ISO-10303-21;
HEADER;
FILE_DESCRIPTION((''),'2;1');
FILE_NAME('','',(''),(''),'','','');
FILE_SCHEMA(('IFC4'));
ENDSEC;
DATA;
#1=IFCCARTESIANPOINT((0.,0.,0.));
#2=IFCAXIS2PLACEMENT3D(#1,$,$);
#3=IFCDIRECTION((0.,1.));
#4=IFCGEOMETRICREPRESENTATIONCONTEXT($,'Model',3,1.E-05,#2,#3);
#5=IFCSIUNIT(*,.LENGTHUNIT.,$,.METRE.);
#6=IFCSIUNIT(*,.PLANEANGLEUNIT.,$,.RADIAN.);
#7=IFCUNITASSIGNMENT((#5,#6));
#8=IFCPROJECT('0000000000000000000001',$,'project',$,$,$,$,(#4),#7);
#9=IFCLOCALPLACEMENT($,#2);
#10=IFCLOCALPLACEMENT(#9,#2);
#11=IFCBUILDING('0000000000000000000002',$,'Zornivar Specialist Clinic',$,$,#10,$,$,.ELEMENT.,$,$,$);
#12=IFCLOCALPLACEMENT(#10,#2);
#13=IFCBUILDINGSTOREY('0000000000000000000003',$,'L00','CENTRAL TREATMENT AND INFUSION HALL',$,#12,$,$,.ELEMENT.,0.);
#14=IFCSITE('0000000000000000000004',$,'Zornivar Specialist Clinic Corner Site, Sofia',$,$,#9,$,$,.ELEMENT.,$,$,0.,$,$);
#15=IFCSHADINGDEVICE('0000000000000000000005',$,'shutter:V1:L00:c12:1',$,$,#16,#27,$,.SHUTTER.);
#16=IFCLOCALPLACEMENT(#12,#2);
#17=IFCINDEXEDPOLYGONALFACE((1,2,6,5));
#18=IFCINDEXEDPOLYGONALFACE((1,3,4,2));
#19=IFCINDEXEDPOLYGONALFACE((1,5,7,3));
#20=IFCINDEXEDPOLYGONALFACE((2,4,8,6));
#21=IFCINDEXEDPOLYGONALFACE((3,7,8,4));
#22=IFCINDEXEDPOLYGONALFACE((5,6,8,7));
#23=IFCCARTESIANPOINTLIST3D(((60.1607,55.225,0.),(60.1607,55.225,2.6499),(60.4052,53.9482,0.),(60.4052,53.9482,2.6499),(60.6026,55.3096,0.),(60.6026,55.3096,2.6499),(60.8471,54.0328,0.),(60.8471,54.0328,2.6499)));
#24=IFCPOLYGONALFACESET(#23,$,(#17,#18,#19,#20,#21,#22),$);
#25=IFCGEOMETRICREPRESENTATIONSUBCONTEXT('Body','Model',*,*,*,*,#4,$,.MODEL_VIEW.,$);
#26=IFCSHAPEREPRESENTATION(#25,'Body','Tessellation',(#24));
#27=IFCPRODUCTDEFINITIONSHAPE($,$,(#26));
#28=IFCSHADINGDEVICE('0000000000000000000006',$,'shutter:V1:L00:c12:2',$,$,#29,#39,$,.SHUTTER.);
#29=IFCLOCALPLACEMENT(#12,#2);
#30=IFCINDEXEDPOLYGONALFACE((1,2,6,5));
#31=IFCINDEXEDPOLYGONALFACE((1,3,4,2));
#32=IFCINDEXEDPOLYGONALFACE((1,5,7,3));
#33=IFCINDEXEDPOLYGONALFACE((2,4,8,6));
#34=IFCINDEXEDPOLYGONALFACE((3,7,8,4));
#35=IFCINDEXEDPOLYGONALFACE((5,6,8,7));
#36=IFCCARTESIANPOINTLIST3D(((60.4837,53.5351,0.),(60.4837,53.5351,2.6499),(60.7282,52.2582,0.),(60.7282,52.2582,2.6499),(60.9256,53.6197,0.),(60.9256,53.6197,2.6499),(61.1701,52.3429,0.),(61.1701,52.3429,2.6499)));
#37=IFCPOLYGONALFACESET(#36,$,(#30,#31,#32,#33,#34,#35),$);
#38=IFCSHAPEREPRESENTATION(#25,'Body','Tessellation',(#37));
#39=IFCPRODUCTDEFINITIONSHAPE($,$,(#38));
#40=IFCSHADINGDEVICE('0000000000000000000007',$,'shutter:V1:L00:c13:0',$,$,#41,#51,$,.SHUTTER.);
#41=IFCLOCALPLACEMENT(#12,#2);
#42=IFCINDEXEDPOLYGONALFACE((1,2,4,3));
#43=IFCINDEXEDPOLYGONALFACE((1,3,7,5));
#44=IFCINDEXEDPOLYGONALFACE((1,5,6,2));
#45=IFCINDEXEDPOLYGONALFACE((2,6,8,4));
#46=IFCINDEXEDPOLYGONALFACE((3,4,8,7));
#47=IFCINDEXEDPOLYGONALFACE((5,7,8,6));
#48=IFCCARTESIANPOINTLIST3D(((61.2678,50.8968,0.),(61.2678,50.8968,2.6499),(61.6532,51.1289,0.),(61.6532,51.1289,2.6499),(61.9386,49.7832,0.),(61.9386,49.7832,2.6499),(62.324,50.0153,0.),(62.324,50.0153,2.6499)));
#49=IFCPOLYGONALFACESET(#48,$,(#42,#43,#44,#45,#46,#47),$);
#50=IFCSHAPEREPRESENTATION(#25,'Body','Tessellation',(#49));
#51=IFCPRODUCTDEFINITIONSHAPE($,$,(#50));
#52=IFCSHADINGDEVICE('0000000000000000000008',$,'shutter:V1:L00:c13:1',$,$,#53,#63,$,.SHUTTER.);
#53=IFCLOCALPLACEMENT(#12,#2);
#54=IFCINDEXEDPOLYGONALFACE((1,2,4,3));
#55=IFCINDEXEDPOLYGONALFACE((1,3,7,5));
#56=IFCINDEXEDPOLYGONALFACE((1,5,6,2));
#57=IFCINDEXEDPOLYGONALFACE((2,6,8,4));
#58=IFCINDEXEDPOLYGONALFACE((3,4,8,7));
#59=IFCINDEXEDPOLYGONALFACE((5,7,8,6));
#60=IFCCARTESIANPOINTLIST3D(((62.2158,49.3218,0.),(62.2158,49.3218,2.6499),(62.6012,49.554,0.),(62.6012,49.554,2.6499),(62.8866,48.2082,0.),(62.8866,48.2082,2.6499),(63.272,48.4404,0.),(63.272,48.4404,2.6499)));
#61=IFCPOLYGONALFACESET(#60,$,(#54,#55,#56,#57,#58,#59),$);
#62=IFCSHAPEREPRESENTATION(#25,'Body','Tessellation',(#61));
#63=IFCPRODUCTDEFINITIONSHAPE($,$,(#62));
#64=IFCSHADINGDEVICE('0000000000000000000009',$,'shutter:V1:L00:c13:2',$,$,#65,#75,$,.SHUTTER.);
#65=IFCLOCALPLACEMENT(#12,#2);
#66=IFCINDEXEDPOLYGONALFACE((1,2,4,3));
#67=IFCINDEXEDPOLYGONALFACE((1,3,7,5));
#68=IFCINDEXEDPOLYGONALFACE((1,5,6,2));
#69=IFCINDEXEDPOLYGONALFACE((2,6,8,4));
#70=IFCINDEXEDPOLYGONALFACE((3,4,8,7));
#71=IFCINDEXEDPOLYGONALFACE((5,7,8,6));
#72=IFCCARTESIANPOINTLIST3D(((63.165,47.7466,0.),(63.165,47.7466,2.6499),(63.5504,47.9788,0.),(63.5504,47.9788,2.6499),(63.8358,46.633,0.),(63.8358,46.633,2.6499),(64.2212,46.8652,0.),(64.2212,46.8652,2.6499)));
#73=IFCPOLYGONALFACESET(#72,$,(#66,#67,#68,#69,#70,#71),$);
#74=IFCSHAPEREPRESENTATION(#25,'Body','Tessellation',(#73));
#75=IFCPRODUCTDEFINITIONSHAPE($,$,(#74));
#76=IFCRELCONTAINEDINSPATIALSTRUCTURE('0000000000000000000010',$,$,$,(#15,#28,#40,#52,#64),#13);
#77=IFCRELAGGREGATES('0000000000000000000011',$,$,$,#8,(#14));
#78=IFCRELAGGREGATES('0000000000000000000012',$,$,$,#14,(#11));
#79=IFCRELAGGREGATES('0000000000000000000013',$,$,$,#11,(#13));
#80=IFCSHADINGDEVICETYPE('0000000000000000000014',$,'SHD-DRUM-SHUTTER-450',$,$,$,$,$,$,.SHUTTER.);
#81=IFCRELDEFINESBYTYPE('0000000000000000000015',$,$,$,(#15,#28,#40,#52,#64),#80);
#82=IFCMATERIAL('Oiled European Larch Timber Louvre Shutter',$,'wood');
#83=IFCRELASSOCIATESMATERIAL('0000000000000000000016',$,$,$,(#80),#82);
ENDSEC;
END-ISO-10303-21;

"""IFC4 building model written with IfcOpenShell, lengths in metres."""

from ifc_helpers import new_model, si_unit, direction, frame, origin, origin_2d, place, context, subcontext, project, spatial, rectangle, extrude, material, type_object, element, save


model = new_model("IFC4")

# Units and contexts
model_context = context("Model", 3, precision=1e-05, world=origin(), true_north=direction((0.0, 1.0)))
body_context = subcontext(model_context, "Body", "Model", "MODEL_VIEW")
ifc_project = project(units=[si_unit("LENGTHUNIT", "METRE"), si_unit("PLANEANGLEUNIT", "RADIAN")], contexts=[model_context])

# Site, building, storey
site_placement = place(None, origin())
site = spatial("IfcSite", under=ifc_project, at=site_placement, Name="Zornivar Specialist Clinic Corner Site, Sofia", CompositionType="ELEMENT", RefElevation=0.0)
building_placement = place(site_placement, origin())
building = spatial("IfcBuilding", under=site, at=building_placement, Name="Zornivar Specialist Clinic", CompositionType="ELEMENT")
storey_placement = place(building_placement, origin())
storey = spatial("IfcBuildingStorey", under=building, at=storey_placement, Name="L00", Description="CENTRAL TREATMENT AND INFUSION HALL", CompositionType="ELEMENT", Elevation=0.0)

# Shading devices
ifc_material_1 = material(Name="Oiled European Larch Timber Louvre Shutter", Category="wood")
shading_device_type = type_object("IfcShadingDeviceType", Name="SHD-DRUM-SHUTTER-450", PredefinedType="SHUTTER", material=ifc_material_1)
for number, where, z_axis, x_axis, name in (
    (1, (60.5039, 54.6289, 0.0), (0.0, 0.0, 1.0), (0.188099, -0.98215, 0.0), "shutter:V1:L00:c12:1"),
    (2, (60.8269, 52.939, 0.0), (0.0, 0.0, 1.0), (0.188099, -0.98215, 0.0), "shutter:V1:L00:c12:2"),
    (3, (61.7959, 50.4561, 0.0), (0.0, 0.0, 1.0), (0.516018, -0.856578, 0.0), "shutter:V1:L00:c13:0"),
    (4, (62.7439, 48.8811, 0.0), (0.0, 0.0, 1.0), (0.516018, -0.856578, 0.0), "shutter:V1:L00:c13:1"),
    (5, (63.6931, 47.3059, 0.0), (0.0, 0.0, 1.0), (0.516018, -0.856578, 0.0), "shutter:V1:L00:c13:2"),
):
    element("IfcShadingDevice", number, at=place(storey_placement, frame(where, z_axis=z_axis, x_axis=x_axis)), inside=storey, type_object=shading_device_type, Name=name, PredefinedType="SHUTTER", context=body_context, shape_type="SweptSolid", body=[
        extrude(rectangle(XDim=1.3, YDim=0.45, at=origin_2d()), origin(), (0.0, 0.0, 1.0), 2.6499),
    ])

save(model, "model.ifc")
